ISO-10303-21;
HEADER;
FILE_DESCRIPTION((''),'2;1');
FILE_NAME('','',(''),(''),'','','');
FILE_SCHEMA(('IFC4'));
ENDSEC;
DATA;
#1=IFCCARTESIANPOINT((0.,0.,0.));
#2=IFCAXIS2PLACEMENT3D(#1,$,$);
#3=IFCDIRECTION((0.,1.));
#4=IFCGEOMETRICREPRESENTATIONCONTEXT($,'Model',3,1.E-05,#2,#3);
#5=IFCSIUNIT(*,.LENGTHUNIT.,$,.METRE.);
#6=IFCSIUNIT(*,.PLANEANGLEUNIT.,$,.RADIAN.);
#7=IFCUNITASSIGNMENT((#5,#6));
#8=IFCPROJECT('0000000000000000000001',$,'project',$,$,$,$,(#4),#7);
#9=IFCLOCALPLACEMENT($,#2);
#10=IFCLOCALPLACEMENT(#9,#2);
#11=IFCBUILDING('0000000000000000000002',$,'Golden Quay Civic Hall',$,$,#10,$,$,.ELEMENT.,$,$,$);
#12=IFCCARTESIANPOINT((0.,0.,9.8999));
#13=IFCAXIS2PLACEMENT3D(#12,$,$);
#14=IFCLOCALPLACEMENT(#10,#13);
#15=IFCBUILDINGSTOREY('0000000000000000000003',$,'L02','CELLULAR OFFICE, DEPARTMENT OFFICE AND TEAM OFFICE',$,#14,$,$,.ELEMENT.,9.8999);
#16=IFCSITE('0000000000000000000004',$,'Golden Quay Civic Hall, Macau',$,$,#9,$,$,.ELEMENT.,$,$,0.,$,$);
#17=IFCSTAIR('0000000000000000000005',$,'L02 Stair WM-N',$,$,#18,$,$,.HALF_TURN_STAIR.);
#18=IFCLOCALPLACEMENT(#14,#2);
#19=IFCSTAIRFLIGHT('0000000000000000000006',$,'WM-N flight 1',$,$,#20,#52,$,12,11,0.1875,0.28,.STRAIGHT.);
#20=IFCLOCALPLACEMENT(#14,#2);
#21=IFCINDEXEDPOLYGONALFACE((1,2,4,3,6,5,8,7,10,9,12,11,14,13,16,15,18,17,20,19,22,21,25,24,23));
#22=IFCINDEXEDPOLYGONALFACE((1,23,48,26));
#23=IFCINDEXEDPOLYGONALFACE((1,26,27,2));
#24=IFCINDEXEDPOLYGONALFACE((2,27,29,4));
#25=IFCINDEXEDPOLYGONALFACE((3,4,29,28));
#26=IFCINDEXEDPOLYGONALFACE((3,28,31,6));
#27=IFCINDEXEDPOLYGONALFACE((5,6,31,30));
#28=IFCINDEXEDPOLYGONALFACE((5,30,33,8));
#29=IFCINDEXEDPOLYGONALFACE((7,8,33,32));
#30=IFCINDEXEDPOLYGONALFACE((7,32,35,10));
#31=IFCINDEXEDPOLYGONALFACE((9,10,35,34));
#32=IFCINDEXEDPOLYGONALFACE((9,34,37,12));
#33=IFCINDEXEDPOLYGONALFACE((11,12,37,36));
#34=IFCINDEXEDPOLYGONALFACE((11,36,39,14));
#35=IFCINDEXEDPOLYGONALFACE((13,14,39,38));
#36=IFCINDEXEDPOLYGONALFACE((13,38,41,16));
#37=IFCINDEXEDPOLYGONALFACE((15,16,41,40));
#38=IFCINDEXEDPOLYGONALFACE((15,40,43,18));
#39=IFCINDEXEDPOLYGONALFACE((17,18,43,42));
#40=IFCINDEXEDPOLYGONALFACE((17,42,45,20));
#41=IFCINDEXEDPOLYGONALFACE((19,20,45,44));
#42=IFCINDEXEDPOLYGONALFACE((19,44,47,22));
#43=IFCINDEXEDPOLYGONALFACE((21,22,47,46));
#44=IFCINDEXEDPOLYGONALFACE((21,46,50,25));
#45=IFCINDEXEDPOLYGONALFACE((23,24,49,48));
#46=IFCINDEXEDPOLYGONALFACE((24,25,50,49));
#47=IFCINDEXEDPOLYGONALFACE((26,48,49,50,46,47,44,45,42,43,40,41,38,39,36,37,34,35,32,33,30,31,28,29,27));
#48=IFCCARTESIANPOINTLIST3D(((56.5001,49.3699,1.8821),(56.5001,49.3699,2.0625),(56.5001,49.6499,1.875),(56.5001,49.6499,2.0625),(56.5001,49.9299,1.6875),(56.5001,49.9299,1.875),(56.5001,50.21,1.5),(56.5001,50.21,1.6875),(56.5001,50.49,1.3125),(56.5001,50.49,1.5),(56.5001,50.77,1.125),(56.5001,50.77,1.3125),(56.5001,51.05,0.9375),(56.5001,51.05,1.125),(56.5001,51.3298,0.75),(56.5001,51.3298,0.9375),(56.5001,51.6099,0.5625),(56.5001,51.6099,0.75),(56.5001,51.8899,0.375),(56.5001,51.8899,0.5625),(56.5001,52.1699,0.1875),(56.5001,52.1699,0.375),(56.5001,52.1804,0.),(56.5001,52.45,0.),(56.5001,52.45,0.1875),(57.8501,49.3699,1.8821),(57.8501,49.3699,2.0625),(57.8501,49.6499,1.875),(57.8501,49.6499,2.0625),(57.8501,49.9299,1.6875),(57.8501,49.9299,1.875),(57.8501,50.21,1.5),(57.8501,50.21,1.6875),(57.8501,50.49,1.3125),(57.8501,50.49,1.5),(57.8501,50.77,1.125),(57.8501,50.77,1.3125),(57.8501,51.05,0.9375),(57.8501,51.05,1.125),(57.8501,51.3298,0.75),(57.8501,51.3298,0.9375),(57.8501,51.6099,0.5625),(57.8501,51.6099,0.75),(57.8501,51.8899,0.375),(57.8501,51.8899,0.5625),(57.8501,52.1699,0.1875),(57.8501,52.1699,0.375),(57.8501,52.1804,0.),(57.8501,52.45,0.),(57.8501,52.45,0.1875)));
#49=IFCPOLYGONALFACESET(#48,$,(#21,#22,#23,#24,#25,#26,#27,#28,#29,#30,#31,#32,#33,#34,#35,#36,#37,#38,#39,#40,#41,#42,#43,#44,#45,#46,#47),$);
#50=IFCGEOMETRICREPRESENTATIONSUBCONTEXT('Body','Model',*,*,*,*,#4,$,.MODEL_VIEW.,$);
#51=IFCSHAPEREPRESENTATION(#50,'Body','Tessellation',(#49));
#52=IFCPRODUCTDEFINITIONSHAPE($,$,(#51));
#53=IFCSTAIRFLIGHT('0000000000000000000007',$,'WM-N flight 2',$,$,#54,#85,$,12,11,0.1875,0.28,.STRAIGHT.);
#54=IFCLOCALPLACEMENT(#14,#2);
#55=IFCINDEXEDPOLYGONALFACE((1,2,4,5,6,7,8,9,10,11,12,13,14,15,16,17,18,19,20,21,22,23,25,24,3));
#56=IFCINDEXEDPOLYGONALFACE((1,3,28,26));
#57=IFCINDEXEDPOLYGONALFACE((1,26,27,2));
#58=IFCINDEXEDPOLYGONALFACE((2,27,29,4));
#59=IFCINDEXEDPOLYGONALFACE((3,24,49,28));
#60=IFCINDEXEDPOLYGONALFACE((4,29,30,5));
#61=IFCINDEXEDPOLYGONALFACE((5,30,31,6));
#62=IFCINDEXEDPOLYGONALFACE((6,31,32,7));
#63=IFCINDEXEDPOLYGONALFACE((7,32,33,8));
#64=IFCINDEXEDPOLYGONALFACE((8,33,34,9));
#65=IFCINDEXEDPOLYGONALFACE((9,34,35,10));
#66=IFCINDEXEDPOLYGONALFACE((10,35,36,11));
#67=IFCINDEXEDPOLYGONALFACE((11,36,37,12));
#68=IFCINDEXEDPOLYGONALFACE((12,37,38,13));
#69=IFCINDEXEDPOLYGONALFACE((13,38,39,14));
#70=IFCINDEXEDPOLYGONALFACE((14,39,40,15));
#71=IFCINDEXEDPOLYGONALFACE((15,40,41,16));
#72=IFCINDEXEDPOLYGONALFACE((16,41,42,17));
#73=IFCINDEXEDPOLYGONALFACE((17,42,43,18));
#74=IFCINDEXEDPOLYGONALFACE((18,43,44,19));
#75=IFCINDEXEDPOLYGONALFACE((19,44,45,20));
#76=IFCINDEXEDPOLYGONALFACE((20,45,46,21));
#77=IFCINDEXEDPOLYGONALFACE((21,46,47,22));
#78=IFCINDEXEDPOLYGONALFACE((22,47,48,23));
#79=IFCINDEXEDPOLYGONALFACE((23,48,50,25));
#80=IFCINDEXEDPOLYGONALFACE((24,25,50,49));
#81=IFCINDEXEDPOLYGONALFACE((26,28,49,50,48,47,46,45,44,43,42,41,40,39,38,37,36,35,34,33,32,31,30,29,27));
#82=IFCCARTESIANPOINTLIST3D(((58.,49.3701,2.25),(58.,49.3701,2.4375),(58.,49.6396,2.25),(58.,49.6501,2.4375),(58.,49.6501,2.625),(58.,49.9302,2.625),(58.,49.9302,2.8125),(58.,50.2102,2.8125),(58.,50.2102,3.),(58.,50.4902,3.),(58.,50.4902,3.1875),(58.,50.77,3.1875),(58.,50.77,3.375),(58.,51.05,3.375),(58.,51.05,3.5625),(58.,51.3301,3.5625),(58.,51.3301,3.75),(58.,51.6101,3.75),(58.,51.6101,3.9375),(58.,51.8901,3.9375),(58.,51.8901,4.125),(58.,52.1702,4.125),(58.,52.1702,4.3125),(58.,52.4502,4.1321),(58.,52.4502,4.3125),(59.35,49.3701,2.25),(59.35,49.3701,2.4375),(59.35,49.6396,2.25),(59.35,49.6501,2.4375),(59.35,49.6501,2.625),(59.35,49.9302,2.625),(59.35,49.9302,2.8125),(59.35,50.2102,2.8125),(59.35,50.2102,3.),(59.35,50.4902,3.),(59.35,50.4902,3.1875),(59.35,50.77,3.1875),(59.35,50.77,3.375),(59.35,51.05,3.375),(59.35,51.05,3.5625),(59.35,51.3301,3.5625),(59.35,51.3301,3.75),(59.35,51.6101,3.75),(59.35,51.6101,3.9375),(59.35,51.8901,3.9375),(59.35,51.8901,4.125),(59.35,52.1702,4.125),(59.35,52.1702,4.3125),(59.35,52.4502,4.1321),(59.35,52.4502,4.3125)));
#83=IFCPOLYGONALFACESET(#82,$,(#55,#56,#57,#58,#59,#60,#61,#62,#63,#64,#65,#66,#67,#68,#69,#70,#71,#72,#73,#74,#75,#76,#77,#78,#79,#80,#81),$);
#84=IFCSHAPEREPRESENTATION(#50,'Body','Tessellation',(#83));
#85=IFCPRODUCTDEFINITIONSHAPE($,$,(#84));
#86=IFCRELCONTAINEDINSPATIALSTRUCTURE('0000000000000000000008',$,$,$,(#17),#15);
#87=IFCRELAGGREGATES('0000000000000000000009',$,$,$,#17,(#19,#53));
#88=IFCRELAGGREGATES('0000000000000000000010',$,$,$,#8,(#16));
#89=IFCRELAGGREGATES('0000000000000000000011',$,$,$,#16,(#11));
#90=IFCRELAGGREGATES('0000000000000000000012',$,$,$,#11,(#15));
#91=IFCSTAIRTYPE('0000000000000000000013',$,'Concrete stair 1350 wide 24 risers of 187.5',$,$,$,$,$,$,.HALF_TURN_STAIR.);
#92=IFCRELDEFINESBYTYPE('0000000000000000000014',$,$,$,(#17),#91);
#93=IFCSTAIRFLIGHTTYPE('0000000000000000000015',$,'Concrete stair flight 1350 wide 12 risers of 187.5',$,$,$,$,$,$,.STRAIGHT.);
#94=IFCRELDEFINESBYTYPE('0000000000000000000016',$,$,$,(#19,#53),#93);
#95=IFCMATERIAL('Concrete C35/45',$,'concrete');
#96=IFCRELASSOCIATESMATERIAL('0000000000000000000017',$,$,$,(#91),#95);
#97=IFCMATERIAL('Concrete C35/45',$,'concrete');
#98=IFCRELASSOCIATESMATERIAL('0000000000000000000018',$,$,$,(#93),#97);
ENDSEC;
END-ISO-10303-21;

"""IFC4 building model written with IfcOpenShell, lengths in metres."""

from ifc_helpers import new_model, si_unit, direction, frame, origin, place, context, subcontext, project, spatial, polyline, outline, extrude, material, type_object, element, aggregate, save


model = new_model("IFC4")

# Units and contexts
model_context = context("Model", 3, precision=1e-05, world=origin(), true_north=direction((0.0, 1.0)))
body_context = subcontext(model_context, "Body", "Model", "MODEL_VIEW")
ifc_project = project(units=[si_unit("LENGTHUNIT", "METRE"), si_unit("PLANEANGLEUNIT", "RADIAN")], contexts=[model_context])

# Site, building, storey
site_placement = place(None, origin())
site = spatial("IfcSite", under=ifc_project, at=site_placement, Name="Golden Quay Civic Hall, Macau", CompositionType="ELEMENT", RefElevation=0.0)
building_placement = place(site_placement, origin())
building = spatial("IfcBuilding", under=site, at=building_placement, Name="Golden Quay Civic Hall", CompositionType="ELEMENT")
storey_placement = place(building_placement, frame((0.0, 0.0, 9.8999)))
storey = spatial("IfcBuildingStorey", under=building, at=storey_placement, Name="L02", Description="CELLULAR OFFICE, DEPARTMENT OFFICE AND TEAM OFFICE", CompositionType="ELEMENT", Elevation=9.8999)

# Stair, stair flights
ifc_material_1 = material(Name="Concrete C35/45", Category="concrete")
stair_type = type_object("IfcStairType", Name="Concrete stair 1350 wide 24 risers of 187.5", PredefinedType="HALF_TURN_STAIR", material=ifc_material_1)
stair_placement = place(storey_placement, origin())
stair = element("IfcStair", 1, at=stair_placement, inside=storey, type_object=stair_type, Name="L02 Stair WM-N", PredefinedType="HALF_TURN_STAIR")
ifc_material_2 = material(Name="Concrete C35/45", Category="concrete")
stair_flight_type = type_object("IfcStairFlightType", Name="Concrete stair flight 1350 wide 12 risers of 187.5", PredefinedType="STRAIGHT", material=ifc_material_2)
stair_flight_1_placement = place(storey_placement, frame((57.175, 52.45, 0.0), z_axis=(0.0, 0.0, 1.0), x_axis=(0.0, -1.0, 0.0)))
stair_flight_1 = element("IfcStairFlight", 2, at=stair_flight_1_placement, type_object=stair_flight_type, Name="WM-N flight 1", NumberOfRisers=12, NumberOfTreads=11, PredefinedType="STRAIGHT", RiserHeight=0.1875, TreadLength=0.28, context=body_context, shape_type="SweptSolid", body=[
    extrude(outline(polyline([(0.0, 0.0), (0.0, 0.1875), (0.28, 0.1875), (0.28, 0.375), (0.5601, 0.375), (0.5601, 0.5625), (0.8401, 0.5625), (0.8401, 0.75), (1.1201, 0.75), (1.1201, 0.9375), (1.3999, 0.9375), (1.3999, 1.125), (1.6799, 1.125), (1.6799, 1.3125), (1.96, 1.3125), (1.96, 1.5), (2.24, 1.5), (2.24, 1.6875), (2.52, 1.6875), (2.52, 1.875), (2.8, 1.875), (2.8, 2.0625), (3.0801, 2.0625), (3.0801, 2.25), (3.0801, 1.8821), (0.2695, 0.0), (0.0, 0.0)])), frame((0.0, 0.675, 0.0), z_axis=(0.0, -1.0, 0.0), x_axis=(1.0, 0.0, 0.0)), (0.0, 0.0, 1.0), 1.35),
])
stair_flight_2_placement = place(storey_placement, frame((58.675, 49.3701, 2.25), z_axis=(0.0, 0.0, 1.0), x_axis=(0.0, 1.0, 0.0)))
stair_flight_2 = element("IfcStairFlight", 3, at=stair_flight_2_placement, type_object=stair_flight_type, Name="WM-N flight 2", NumberOfRisers=12, NumberOfTreads=11, PredefinedType="STRAIGHT", RiserHeight=0.1875, TreadLength=0.28, context=body_context, shape_type="SweptSolid", body=[
    extrude(outline(polyline([(0.0, 0.0), (0.0, 0.1875), (0.28, 0.1875), (0.28, 0.375), (0.5601, 0.375), (0.5601, 0.5625), (0.8401, 0.5625), (0.8401, 0.75), (1.1201, 0.75), (1.1201, 0.9375), (1.3999, 0.9375), (1.3999, 1.125), (1.6799, 1.125), (1.6799, 1.3125), (1.96, 1.3125), (1.96, 1.5), (2.24, 1.5), (2.24, 1.6875), (2.52, 1.6875), (2.52, 1.875), (2.8, 1.875), (2.8, 2.0625), (3.0801, 2.0625), (3.0801, 2.25), (3.0801, 1.8821), (0.2695, 0.0), (0.0, 0.0)])), frame((0.0, 0.675, 0.0), z_axis=(0.0, -1.0, 0.0), x_axis=(1.0, 0.0, 0.0)), (0.0, 0.0, 1.0), 1.35),
])
aggregate(stair, [stair_flight_1, stair_flight_2])

save(model, "model.ifc")
